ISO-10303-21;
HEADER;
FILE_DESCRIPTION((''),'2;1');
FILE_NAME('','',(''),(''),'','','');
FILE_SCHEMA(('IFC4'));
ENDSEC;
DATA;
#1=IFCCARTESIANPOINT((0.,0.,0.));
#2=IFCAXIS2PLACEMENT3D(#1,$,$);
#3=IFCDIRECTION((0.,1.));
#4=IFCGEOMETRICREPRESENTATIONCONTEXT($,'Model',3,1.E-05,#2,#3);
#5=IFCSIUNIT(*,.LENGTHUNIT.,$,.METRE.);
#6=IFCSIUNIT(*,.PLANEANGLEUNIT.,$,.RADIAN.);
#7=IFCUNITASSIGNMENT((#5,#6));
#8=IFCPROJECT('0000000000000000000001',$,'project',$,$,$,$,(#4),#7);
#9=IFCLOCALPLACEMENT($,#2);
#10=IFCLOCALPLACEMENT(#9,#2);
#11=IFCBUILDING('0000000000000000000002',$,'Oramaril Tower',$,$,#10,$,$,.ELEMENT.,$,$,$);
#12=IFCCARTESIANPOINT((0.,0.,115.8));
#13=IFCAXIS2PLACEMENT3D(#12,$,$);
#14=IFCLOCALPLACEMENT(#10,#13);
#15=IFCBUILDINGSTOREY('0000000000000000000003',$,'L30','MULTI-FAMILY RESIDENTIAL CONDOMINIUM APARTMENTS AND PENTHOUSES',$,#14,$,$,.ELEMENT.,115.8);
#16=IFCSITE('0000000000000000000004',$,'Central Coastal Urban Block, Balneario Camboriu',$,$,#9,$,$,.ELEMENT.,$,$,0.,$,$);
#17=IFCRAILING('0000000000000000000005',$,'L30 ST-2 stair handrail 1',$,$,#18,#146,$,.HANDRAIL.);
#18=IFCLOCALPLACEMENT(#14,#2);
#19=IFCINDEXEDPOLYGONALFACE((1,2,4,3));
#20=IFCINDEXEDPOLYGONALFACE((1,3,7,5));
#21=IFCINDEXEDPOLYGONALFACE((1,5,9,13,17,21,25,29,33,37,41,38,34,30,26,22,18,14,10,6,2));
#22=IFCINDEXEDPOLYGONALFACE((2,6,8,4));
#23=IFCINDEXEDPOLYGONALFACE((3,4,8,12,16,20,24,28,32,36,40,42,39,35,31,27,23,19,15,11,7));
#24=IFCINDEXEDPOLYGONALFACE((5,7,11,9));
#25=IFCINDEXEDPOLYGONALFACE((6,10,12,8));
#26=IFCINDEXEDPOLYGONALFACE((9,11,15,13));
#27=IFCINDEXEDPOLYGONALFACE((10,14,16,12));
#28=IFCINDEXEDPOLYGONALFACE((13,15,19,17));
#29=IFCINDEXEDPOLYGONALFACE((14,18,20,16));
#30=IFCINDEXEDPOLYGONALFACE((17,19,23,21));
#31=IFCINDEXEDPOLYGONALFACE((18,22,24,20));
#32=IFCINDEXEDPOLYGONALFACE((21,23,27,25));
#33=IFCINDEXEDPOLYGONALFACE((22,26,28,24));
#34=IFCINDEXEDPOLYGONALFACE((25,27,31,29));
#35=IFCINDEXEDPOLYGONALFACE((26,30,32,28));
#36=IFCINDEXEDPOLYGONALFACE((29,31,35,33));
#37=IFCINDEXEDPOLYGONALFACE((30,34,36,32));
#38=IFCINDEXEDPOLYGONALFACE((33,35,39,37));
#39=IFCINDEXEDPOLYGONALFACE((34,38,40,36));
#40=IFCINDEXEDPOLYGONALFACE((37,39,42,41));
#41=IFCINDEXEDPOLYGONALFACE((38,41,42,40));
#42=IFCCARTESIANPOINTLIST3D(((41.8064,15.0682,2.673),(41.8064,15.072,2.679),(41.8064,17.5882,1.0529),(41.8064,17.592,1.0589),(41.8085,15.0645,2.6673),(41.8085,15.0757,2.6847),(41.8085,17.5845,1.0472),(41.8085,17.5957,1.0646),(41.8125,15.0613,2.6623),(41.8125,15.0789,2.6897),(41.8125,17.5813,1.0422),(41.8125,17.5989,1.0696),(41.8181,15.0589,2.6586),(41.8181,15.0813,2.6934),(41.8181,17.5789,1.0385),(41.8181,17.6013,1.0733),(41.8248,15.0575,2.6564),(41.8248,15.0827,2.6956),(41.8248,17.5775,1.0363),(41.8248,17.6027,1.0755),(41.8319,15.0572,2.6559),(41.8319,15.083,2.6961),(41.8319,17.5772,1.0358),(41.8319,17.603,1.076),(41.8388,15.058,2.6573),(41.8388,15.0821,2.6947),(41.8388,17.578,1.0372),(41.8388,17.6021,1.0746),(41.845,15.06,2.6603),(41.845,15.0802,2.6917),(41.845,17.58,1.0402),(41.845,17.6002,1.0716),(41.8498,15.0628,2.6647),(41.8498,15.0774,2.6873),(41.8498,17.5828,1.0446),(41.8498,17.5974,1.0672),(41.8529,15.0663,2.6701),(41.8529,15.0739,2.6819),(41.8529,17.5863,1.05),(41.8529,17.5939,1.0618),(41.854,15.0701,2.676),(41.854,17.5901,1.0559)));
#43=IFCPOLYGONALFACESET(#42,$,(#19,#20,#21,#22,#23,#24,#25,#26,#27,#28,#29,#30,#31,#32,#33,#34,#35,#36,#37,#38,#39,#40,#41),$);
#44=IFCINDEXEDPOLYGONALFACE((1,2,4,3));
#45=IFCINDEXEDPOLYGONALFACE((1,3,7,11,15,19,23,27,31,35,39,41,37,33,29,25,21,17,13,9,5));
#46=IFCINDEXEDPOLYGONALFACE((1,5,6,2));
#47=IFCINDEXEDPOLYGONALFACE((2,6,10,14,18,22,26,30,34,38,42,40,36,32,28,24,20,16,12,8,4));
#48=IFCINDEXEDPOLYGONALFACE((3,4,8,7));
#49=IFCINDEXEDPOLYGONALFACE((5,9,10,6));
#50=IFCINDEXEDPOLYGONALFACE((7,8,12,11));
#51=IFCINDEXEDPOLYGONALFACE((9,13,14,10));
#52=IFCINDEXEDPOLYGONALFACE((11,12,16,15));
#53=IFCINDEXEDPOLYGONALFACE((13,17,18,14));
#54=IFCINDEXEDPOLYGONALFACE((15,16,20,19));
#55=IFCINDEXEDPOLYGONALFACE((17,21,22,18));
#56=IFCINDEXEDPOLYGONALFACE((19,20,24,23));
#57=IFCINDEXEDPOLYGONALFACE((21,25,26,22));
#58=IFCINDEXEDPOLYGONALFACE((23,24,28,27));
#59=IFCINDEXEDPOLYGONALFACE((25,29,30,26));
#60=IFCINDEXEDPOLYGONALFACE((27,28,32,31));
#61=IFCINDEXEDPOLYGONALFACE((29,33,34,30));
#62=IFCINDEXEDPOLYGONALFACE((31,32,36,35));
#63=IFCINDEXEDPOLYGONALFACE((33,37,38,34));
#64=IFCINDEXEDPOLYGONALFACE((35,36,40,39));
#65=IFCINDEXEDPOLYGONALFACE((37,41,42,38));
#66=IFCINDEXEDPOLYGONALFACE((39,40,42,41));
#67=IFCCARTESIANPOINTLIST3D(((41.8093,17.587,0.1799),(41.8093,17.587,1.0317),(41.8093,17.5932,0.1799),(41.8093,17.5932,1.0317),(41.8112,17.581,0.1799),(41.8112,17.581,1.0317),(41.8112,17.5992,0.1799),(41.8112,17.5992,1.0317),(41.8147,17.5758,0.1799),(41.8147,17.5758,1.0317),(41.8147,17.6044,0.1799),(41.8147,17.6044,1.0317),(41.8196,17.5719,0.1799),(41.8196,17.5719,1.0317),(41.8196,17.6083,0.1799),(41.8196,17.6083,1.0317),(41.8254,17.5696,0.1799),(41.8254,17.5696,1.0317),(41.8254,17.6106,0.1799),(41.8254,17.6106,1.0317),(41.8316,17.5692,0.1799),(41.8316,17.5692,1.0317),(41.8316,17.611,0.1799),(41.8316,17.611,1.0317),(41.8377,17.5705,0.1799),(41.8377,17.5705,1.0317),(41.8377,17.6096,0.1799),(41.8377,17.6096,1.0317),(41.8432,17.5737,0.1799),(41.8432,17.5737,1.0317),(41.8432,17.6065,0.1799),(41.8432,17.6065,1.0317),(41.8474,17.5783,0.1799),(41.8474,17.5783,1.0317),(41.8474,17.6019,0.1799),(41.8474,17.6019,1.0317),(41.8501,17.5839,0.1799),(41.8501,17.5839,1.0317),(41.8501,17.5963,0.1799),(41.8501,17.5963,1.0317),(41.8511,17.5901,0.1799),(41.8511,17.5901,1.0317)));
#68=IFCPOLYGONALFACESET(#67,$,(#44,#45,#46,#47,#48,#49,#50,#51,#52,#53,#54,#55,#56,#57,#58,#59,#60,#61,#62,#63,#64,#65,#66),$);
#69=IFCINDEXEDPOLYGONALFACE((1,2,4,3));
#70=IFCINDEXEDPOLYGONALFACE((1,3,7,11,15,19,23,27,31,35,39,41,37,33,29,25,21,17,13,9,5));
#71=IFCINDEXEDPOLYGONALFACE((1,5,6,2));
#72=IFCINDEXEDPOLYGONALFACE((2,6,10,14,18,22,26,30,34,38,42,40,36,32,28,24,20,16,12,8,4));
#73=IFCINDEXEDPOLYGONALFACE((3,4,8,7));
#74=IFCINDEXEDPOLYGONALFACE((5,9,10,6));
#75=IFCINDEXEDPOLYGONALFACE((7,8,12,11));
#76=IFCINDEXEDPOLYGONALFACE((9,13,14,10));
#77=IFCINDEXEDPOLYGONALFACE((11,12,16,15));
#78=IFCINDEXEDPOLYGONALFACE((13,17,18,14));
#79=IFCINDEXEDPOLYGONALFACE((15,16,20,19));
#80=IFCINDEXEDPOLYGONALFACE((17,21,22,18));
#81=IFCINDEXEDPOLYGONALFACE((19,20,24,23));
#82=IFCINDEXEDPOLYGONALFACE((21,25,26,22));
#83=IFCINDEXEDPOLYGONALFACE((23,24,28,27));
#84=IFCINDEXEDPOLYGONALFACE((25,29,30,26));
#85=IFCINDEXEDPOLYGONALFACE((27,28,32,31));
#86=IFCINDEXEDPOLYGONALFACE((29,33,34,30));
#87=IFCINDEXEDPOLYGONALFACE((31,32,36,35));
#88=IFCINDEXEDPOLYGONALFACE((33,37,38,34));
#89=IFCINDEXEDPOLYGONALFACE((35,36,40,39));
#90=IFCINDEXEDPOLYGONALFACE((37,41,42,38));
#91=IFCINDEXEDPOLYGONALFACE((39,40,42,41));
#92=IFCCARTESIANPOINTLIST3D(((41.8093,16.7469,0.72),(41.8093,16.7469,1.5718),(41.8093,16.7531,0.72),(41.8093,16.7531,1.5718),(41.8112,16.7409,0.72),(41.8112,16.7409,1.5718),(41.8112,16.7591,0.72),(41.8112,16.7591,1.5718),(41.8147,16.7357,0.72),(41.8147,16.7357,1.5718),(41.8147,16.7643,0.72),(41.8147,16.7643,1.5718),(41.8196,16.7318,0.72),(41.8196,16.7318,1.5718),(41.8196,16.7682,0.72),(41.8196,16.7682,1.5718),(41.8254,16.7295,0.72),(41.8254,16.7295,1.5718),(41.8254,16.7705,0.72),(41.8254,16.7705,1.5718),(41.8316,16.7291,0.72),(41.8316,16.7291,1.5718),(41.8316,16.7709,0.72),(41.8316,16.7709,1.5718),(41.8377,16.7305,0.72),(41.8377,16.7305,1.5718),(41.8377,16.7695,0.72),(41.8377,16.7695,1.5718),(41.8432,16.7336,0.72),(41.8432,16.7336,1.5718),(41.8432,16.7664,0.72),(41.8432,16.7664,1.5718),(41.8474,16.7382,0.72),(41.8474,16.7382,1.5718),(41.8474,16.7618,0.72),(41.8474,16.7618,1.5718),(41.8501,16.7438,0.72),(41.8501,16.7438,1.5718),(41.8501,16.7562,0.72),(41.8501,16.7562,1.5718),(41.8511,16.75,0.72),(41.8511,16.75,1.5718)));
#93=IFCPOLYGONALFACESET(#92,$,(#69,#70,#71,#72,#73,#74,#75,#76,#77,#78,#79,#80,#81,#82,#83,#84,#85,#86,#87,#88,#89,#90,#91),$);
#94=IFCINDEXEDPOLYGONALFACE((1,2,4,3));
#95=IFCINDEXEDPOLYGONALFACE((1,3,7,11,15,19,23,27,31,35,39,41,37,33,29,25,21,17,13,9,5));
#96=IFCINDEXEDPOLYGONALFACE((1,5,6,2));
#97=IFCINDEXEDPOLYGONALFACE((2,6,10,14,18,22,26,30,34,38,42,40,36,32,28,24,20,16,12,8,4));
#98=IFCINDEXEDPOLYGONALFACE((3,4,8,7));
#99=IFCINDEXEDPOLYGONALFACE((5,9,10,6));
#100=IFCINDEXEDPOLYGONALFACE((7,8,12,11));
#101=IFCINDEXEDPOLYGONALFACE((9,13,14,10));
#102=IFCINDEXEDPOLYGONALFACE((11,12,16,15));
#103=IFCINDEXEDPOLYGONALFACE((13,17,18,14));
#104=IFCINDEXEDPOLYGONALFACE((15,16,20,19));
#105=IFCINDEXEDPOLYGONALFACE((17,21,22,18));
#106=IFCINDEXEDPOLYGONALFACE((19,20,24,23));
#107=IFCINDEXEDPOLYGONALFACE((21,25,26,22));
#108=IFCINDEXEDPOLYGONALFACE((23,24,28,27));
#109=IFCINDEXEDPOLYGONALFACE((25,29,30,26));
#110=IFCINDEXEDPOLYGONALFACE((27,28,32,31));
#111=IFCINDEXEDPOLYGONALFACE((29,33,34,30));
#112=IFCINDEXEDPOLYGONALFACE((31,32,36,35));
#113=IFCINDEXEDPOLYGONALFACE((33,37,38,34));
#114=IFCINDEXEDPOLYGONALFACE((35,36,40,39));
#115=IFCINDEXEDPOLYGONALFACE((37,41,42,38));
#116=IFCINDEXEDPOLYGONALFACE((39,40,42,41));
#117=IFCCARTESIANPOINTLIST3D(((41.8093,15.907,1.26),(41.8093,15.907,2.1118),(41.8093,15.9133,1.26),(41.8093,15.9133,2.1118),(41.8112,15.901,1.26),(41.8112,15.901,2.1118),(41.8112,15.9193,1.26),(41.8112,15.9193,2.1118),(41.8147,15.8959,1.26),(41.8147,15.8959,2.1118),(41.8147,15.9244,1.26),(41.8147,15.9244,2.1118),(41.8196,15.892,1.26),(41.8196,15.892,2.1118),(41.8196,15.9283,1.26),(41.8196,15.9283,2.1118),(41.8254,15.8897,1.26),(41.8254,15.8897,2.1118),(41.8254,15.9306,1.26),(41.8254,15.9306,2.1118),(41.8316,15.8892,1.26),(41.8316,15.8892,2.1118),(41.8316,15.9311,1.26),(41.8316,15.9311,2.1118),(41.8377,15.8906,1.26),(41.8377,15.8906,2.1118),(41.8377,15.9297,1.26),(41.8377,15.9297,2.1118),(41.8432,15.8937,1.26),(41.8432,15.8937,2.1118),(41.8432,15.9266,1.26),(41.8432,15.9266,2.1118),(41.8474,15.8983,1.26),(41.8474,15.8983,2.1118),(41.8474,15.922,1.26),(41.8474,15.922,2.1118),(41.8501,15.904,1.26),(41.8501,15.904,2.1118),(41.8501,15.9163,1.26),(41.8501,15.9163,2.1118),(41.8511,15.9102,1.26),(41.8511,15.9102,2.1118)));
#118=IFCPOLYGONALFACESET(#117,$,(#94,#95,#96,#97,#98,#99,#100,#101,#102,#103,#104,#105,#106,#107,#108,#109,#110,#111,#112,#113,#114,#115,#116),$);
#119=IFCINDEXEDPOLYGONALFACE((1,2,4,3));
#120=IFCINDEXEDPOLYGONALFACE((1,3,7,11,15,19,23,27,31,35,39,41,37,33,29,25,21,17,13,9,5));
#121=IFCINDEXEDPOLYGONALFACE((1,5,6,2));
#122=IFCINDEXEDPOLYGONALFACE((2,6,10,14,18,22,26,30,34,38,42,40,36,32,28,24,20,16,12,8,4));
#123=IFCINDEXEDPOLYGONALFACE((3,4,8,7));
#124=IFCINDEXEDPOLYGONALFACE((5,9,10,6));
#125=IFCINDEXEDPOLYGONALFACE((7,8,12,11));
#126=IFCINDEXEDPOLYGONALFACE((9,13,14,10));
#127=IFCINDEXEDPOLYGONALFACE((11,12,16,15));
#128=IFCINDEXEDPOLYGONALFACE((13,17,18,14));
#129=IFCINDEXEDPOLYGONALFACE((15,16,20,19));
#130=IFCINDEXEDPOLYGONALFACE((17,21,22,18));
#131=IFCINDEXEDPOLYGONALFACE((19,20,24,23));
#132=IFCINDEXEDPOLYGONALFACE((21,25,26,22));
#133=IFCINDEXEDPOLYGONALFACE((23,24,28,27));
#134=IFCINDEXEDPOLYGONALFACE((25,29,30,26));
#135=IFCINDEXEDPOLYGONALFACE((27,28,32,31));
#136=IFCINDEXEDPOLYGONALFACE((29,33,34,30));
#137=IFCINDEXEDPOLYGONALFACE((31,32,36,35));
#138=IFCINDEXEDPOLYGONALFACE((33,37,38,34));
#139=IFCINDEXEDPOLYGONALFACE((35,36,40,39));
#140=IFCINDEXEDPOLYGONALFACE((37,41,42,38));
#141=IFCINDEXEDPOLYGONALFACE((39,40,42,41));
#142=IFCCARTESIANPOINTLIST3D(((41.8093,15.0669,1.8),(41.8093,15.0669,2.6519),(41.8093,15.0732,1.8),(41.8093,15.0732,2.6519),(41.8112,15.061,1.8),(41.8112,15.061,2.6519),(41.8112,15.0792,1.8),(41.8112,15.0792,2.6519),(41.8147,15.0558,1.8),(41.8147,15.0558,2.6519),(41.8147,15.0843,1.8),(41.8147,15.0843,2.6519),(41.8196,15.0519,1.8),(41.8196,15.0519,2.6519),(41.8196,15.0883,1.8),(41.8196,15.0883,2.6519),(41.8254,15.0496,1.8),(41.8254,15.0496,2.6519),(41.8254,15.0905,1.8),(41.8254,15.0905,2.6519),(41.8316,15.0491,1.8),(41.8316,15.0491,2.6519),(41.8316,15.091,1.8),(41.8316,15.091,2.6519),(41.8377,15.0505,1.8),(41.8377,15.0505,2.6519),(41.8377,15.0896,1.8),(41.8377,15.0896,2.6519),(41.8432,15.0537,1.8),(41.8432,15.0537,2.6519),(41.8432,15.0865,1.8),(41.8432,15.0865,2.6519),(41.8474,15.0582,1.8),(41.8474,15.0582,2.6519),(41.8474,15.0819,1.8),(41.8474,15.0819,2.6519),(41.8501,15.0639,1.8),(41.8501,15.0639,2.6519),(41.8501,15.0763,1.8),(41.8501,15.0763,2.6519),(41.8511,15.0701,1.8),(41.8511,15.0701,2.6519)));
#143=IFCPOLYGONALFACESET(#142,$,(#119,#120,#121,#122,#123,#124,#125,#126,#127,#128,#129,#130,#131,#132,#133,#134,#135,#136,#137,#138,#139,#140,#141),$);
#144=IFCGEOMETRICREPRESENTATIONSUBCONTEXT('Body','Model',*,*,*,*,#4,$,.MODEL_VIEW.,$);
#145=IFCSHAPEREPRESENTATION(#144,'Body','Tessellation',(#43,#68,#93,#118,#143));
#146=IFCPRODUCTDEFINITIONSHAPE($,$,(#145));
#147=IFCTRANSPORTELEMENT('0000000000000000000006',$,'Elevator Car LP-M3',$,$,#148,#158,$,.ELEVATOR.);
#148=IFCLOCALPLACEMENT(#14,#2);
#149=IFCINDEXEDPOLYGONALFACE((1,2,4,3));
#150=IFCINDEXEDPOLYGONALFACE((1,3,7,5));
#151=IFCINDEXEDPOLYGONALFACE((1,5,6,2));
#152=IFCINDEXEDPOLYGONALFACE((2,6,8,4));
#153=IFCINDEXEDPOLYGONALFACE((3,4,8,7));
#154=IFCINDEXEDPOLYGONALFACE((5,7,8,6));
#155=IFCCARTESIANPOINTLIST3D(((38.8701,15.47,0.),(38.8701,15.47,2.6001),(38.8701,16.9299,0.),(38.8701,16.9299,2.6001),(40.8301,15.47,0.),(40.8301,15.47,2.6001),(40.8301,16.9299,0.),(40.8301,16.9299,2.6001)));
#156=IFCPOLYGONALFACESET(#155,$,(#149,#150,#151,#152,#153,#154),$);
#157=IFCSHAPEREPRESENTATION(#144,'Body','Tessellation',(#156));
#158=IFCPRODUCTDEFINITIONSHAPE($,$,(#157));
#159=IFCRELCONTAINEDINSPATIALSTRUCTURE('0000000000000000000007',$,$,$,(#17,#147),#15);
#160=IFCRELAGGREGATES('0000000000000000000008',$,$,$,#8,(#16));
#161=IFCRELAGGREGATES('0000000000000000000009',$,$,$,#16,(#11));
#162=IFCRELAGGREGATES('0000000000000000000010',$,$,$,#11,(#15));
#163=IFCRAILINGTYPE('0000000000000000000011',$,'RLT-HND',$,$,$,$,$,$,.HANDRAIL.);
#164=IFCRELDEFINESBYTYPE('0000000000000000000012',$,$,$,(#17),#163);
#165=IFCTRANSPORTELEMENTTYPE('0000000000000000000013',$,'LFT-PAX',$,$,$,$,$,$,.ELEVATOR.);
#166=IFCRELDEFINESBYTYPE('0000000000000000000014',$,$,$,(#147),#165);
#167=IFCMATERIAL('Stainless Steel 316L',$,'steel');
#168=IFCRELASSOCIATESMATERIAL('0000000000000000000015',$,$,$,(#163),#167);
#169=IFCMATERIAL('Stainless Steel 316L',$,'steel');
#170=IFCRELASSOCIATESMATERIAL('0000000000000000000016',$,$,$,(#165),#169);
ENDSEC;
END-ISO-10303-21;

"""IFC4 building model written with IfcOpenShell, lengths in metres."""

from ifc_helpers import new_model, si_unit, direction, frame, origin, origin_2d, place, context, subcontext, project, spatial, rectangle, circle, extrude, material, type_object, element, save


model = new_model("IFC4")

# Units and contexts
model_context = context("Model", 3, precision=1e-05, world=origin(), true_north=direction((0.0, 1.0)))
body_context = subcontext(model_context, "Body", "Model", "MODEL_VIEW")
ifc_project = project(units=[si_unit("LENGTHUNIT", "METRE"), si_unit("PLANEANGLEUNIT", "RADIAN")], contexts=[model_context])

# Site, building, storey
site_placement = place(None, origin())
site = spatial("IfcSite", under=ifc_project, at=site_placement, Name="Central Coastal Urban Block, Balneario Camboriu", CompositionType="ELEMENT", RefElevation=0.0)
building_placement = place(site_placement, origin())
building = spatial("IfcBuilding", under=site, at=building_placement, Name="Oramaril Tower", CompositionType="ELEMENT")
storey_placement = place(building_placement, frame((0.0, 0.0, 115.8)))
storey = spatial("IfcBuildingStorey", under=building, at=storey_placement, Name="L30", Description="MULTI-FAMILY RESIDENTIAL CONDOMINIUM APARTMENTS AND PENTHOUSES", CompositionType="ELEMENT", Elevation=115.8)

# Railing
ifc_material_1 = material(Name="Stainless Steel 316L", Category="steel")
railing_type_1 = type_object("IfcRailingType", Name="RLT-HND", PredefinedType="HANDRAIL", material=ifc_material_1)
railing_1_placement = place(storey_placement, frame((41.8301, 17.5901, 0.1799)))
element("IfcRailing", 1, at=railing_1_placement, inside=storey, type_object=railing_type_1, Name="L30 ST-2 stair handrail 1", PredefinedType="HANDRAIL", context=body_context, shape_type="SweptSolid", body=[
    extrude(circle(Radius=0.0239, at=origin_2d()), frame((0.0, 0.0, 0.876), z_axis=(0.0, -0.841163, 0.540782), x_axis=(1.0, 0.0, 0.0)), (0.0, 0.0, 1.0), 2.9958),
    extrude(circle(Radius=0.021, at=origin_2d()), origin(), (0.0, 0.0, 1.0), 0.8518),
    extrude(circle(Radius=0.021, at=origin_2d()), frame((0.0, -0.8401, 0.54)), (0.0, 0.0, 1.0), 0.8518),
    extrude(circle(Radius=0.021, at=origin_2d()), frame((0.0, -1.6799, 1.0801)), (0.0, 0.0, 1.0), 0.8518),
    extrude(circle(Radius=0.021, at=origin_2d()), frame((0.0, -2.52, 1.6201)), (0.0, 0.0, 1.0), 0.8518),
])

# Transport element
ifc_material_2 = material(Name="Stainless Steel 316L", Category="steel")
transport_element_type = type_object("IfcTransportElementType", Name="LFT-PAX", PredefinedType="ELEVATOR", material=ifc_material_2)
transport_element_placement = place(storey_placement, frame((39.8501, 16.2, 0.0), z_axis=(0.0, 0.0, 1.0), x_axis=(1.0, 0.0, 0.0)))
element("IfcTransportElement", 2, at=transport_element_placement, inside=storey, type_object=transport_element_type, Name="Elevator Car LP-M3", PredefinedType="ELEVATOR", context=body_context, shape_type="SweptSolid", body=[
    extrude(rectangle(XDim=1.96, YDim=1.46, at=origin_2d()), origin(), (0.0, 0.0, 1.0), 2.6001),
])

save(model, "model.ifc")
